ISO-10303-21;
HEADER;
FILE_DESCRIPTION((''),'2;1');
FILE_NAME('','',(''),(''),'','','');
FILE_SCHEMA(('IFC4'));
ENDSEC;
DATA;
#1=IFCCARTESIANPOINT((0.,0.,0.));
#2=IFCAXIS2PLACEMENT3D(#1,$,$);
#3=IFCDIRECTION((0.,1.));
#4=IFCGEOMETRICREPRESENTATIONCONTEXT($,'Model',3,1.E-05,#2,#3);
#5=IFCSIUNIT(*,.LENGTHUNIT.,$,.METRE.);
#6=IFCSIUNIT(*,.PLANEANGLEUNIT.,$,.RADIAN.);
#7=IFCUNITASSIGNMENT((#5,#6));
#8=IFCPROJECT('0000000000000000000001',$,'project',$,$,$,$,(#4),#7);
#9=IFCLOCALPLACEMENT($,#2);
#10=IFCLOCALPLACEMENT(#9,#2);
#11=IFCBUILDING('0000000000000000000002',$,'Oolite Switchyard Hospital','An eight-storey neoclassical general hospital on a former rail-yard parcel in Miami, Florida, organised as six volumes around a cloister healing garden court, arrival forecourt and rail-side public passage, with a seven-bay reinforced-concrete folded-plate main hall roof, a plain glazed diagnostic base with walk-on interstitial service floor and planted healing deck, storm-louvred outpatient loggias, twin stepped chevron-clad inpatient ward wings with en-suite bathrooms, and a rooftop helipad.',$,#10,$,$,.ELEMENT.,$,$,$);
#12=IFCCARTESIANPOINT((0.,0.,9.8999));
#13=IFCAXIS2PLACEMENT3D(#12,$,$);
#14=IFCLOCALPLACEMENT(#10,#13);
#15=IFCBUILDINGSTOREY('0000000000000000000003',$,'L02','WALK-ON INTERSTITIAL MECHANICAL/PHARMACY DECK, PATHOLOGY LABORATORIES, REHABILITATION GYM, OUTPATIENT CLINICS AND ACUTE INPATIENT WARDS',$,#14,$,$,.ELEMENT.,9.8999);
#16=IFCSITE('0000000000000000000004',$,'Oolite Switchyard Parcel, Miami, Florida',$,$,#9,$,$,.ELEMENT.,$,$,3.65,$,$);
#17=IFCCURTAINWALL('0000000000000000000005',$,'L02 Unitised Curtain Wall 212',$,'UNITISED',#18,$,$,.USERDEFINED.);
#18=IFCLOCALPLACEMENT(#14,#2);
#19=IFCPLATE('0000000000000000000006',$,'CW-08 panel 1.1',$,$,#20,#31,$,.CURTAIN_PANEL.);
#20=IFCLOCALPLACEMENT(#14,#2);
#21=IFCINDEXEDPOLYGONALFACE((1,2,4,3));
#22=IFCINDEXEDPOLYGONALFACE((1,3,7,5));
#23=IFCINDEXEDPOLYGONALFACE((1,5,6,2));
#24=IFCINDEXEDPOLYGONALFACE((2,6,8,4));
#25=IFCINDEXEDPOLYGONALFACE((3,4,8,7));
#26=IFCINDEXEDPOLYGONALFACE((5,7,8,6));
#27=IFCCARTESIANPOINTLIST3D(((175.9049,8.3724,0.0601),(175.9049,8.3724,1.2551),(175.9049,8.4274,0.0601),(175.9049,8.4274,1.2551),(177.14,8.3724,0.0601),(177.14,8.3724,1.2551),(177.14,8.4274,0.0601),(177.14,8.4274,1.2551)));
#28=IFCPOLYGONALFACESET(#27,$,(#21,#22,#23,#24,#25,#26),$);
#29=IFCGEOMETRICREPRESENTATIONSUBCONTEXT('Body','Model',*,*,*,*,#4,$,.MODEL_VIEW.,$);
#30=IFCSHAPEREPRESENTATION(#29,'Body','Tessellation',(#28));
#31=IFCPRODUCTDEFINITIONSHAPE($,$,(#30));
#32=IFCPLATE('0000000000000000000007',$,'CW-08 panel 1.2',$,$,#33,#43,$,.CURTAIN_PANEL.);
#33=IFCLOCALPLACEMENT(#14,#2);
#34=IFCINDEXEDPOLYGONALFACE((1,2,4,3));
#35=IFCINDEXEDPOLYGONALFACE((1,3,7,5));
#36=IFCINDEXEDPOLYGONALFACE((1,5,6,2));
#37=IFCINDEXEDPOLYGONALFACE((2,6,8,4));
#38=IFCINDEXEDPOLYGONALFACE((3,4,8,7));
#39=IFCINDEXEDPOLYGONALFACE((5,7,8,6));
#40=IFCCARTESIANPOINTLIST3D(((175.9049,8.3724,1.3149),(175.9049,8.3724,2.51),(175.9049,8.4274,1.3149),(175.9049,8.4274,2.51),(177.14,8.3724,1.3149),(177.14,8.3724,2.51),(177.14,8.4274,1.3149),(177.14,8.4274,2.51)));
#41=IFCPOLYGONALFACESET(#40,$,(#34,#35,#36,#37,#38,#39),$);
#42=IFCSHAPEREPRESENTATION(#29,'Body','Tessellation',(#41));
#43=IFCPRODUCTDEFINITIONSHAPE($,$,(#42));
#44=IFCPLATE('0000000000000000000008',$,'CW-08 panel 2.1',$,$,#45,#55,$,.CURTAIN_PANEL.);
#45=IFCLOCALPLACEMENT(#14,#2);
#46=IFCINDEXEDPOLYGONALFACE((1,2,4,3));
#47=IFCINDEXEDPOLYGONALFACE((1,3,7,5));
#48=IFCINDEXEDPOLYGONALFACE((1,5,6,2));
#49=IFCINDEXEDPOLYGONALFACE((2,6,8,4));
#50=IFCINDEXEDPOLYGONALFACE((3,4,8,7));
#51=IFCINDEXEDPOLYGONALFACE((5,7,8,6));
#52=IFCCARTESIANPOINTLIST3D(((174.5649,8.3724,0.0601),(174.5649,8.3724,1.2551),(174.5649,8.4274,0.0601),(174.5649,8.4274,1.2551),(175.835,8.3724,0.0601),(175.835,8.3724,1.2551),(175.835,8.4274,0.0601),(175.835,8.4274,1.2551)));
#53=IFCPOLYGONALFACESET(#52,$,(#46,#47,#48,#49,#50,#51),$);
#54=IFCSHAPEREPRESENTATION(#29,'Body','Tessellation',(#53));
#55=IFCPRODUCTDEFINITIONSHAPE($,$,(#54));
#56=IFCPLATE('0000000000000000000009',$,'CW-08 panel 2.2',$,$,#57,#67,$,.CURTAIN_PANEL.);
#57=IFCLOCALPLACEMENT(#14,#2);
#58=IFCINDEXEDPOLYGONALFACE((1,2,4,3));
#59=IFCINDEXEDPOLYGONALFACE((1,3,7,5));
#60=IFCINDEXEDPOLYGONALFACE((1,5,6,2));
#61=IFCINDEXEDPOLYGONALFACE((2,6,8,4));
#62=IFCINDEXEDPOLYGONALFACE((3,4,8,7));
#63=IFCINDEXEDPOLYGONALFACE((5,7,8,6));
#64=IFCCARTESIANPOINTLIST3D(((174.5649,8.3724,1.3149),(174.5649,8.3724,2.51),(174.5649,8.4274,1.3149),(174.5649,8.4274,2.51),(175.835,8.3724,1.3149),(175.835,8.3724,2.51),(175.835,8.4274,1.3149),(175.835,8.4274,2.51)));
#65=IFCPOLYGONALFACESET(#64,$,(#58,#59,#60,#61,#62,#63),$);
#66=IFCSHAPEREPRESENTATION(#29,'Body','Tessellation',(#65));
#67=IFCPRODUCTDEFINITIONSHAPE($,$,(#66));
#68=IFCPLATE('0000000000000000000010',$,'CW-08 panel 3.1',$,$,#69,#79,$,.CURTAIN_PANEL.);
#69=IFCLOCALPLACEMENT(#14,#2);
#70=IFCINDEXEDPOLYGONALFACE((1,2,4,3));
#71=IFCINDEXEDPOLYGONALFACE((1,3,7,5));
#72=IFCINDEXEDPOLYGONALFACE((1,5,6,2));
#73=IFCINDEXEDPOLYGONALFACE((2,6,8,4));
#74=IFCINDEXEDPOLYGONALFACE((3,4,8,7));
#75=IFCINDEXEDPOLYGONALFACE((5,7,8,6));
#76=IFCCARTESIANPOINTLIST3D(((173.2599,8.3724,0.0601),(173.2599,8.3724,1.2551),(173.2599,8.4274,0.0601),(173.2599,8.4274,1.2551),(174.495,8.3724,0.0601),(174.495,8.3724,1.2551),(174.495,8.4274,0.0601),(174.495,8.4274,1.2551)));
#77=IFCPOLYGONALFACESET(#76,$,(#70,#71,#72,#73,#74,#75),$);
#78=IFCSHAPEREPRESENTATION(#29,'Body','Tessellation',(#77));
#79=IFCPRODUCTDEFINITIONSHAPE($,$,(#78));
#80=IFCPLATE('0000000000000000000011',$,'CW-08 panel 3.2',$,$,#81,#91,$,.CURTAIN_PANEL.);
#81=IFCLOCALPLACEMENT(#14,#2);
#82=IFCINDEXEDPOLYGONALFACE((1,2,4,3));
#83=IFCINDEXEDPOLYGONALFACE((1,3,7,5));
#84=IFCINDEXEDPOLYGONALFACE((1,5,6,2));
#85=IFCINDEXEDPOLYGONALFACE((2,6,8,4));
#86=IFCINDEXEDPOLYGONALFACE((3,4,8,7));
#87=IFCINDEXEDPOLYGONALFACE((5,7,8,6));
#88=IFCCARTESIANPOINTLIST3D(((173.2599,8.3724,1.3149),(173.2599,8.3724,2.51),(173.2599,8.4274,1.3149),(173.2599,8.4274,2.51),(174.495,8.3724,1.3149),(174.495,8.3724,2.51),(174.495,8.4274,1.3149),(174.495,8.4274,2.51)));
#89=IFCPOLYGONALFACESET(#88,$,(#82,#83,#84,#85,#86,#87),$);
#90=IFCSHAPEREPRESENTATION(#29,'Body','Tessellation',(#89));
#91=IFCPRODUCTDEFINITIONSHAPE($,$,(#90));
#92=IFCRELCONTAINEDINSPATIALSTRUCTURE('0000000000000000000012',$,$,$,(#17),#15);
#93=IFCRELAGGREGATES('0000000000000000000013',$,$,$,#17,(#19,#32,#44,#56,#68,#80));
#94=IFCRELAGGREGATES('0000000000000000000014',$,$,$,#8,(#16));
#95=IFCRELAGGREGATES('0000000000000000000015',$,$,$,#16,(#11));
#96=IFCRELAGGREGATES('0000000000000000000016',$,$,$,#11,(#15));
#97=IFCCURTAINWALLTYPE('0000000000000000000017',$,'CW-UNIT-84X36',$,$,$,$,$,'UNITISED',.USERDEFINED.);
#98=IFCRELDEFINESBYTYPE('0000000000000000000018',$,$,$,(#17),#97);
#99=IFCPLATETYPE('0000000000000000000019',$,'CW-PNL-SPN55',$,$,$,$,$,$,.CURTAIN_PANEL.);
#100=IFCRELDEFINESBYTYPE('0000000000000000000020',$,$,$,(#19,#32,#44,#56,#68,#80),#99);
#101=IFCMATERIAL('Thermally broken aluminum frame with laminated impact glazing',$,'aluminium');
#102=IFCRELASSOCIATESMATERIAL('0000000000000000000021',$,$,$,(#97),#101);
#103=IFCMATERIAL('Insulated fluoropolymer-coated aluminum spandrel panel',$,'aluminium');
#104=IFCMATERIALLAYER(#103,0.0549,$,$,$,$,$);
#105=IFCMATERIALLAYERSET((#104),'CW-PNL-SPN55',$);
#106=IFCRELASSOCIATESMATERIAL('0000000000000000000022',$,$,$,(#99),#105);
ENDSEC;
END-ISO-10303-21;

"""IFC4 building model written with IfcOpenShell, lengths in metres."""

from ifc_helpers import new_model, si_unit, direction, frame, origin, origin_2d, place, context, subcontext, project, spatial, rectangle, extrude, material, layer, layer_set, type_object, element, aggregate, save


model = new_model("IFC4")

# Units and contexts
model_context = context("Model", 3, precision=1e-05, world=origin(), true_north=direction((0.0, 1.0)))
body_context = subcontext(model_context, "Body", "Model", "MODEL_VIEW")
ifc_project = project(units=[si_unit("LENGTHUNIT", "METRE"), si_unit("PLANEANGLEUNIT", "RADIAN")], contexts=[model_context])

# Site, building, storey
site_placement = place(None, origin())
site = spatial("IfcSite", under=ifc_project, at=site_placement, Name="Oolite Switchyard Parcel, Miami, Florida", CompositionType="ELEMENT", RefElevation=3.65)
building_placement = place(site_placement, origin())
building = spatial("IfcBuilding", under=site, at=building_placement, Name="Oolite Switchyard Hospital", Description="An eight-storey neoclassical general hospital on a former rail-yard parcel in Miami, Florida, organised as six volumes around a cloister healing garden court, arrival forecourt and rail-side public passage, with a seven-bay reinforced-concrete folded-plate main hall roof, a plain glazed diagnostic base with walk-on interstitial service floor and planted healing deck, storm-louvred outpatient loggias, twin stepped chevron-clad inpatient ward wings with en-suite bathrooms, and a rooftop helipad.", CompositionType="ELEMENT")
storey_placement = place(building_placement, frame((0.0, 0.0, 9.8999)))
storey = spatial("IfcBuildingStorey", under=building, at=storey_placement, Name="L02", Description="WALK-ON INTERSTITIAL MECHANICAL/PHARMACY DECK, PATHOLOGY LABORATORIES, REHABILITATION GYM, OUTPATIENT CLINICS AND ACUTE INPATIENT WARDS", CompositionType="ELEMENT", Elevation=9.8999)

# Curtain wall, plates
ifc_material_1 = material(Name="Thermally broken aluminum frame with laminated impact glazing", Category="aluminium")
curtain_wall_type = type_object("IfcCurtainWallType", Name="CW-UNIT-84X36", ElementType="UNITISED", PredefinedType="USERDEFINED", material=ifc_material_1)
curtain_wall_placement = place(storey_placement, origin())
curtain_wall = element("IfcCurtainWall", 1, at=curtain_wall_placement, inside=storey, type_object=curtain_wall_type, Name="L02 Unitised Curtain Wall 212", ObjectType="UNITISED", PredefinedType="USERDEFINED")
ifc_material_2 = material(Name="Insulated fluoropolymer-coated aluminum spandrel panel", Category="aluminium")
ifc_layer = layer(ifc_material_2, 0.0549)
ifc_layer_set = layer_set([ifc_layer], Name="CW-PNL-SPN55")
plate_type = type_object("IfcPlateType", Name="CW-PNL-SPN55", PredefinedType="CURTAIN_PANEL", material=ifc_layer_set)
plate_1_placement = place(storey_placement, frame((176.5225, 8.3999, 0.0601), z_axis=(0.0, 0.0, 1.0), x_axis=(-1.0, 0.0, 0.0)))
plate_1 = element("IfcPlate", 2, at=plate_1_placement, type_object=plate_type, Name="CW-08 panel 1.1", PredefinedType="CURTAIN_PANEL", context=body_context, shape_type="SweptSolid", body=[
    extrude(rectangle(XDim=1.2351, YDim=0.0549, at=origin_2d()), origin(), (0.0, 0.0, 1.0), 1.1951),
])
plate_2_placement = place(storey_placement, frame((176.5225, 8.3999, 1.3149), z_axis=(0.0, 0.0, 1.0), x_axis=(-1.0, 0.0, 0.0)))
plate_2 = element("IfcPlate", 3, at=plate_2_placement, type_object=plate_type, Name="CW-08 panel 1.2", PredefinedType="CURTAIN_PANEL", context=body_context, shape_type="SweptSolid", body=[
    extrude(rectangle(XDim=1.2351, YDim=0.0549, at=origin_2d()), origin(), (0.0, 0.0, 1.0), 1.1951),
])
plate_3_placement = place(storey_placement, frame((175.2, 8.3999, 0.0601), z_axis=(0.0, 0.0, 1.0), x_axis=(-1.0, 0.0, 0.0)))
plate_3 = element("IfcPlate", 4, at=plate_3_placement, type_object=plate_type, Name="CW-08 panel 2.1", PredefinedType="CURTAIN_PANEL", context=body_context, shape_type="SweptSolid", body=[
    extrude(rectangle(XDim=1.27, YDim=0.0549, at=origin_2d()), origin(), (0.0, 0.0, 1.0), 1.1951),
])
plate_4_placement = place(storey_placement, frame((175.2, 8.3999, 1.3149), z_axis=(0.0, 0.0, 1.0), x_axis=(-1.0, 0.0, 0.0)))
plate_4 = element("IfcPlate", 5, at=plate_4_placement, type_object=plate_type, Name="CW-08 panel 2.2", PredefinedType="CURTAIN_PANEL", context=body_context, shape_type="SweptSolid", body=[
    extrude(rectangle(XDim=1.27, YDim=0.0549, at=origin_2d()), origin(), (0.0, 0.0, 1.0), 1.1951),
])
plate_5_placement = place(storey_placement, frame((173.8774, 8.3999, 0.0601), z_axis=(0.0, 0.0, 1.0), x_axis=(-1.0, 0.0, 0.0)))
plate_5 = element("IfcPlate", 6, at=plate_5_placement, type_object=plate_type, Name="CW-08 panel 3.1", PredefinedType="CURTAIN_PANEL", context=body_context, shape_type="SweptSolid", body=[
    extrude(rectangle(XDim=1.2351, YDim=0.0549, at=origin_2d()), origin(), (0.0, 0.0, 1.0), 1.1951),
])
plate_6_placement = place(storey_placement, frame((173.8774, 8.3999, 1.3149), z_axis=(0.0, 0.0, 1.0), x_axis=(-1.0, 0.0, 0.0)))
plate_6 = element("IfcPlate", 7, at=plate_6_placement, type_object=plate_type, Name="CW-08 panel 3.2", PredefinedType="CURTAIN_PANEL", context=body_context, shape_type="SweptSolid", body=[
    extrude(rectangle(XDim=1.2351, YDim=0.0549, at=origin_2d()), origin(), (0.0, 0.0, 1.0), 1.1951),
])
aggregate(curtain_wall, [plate_1, plate_2, plate_3, plate_4, plate_5, plate_6])

save(model, "model.ifc")
